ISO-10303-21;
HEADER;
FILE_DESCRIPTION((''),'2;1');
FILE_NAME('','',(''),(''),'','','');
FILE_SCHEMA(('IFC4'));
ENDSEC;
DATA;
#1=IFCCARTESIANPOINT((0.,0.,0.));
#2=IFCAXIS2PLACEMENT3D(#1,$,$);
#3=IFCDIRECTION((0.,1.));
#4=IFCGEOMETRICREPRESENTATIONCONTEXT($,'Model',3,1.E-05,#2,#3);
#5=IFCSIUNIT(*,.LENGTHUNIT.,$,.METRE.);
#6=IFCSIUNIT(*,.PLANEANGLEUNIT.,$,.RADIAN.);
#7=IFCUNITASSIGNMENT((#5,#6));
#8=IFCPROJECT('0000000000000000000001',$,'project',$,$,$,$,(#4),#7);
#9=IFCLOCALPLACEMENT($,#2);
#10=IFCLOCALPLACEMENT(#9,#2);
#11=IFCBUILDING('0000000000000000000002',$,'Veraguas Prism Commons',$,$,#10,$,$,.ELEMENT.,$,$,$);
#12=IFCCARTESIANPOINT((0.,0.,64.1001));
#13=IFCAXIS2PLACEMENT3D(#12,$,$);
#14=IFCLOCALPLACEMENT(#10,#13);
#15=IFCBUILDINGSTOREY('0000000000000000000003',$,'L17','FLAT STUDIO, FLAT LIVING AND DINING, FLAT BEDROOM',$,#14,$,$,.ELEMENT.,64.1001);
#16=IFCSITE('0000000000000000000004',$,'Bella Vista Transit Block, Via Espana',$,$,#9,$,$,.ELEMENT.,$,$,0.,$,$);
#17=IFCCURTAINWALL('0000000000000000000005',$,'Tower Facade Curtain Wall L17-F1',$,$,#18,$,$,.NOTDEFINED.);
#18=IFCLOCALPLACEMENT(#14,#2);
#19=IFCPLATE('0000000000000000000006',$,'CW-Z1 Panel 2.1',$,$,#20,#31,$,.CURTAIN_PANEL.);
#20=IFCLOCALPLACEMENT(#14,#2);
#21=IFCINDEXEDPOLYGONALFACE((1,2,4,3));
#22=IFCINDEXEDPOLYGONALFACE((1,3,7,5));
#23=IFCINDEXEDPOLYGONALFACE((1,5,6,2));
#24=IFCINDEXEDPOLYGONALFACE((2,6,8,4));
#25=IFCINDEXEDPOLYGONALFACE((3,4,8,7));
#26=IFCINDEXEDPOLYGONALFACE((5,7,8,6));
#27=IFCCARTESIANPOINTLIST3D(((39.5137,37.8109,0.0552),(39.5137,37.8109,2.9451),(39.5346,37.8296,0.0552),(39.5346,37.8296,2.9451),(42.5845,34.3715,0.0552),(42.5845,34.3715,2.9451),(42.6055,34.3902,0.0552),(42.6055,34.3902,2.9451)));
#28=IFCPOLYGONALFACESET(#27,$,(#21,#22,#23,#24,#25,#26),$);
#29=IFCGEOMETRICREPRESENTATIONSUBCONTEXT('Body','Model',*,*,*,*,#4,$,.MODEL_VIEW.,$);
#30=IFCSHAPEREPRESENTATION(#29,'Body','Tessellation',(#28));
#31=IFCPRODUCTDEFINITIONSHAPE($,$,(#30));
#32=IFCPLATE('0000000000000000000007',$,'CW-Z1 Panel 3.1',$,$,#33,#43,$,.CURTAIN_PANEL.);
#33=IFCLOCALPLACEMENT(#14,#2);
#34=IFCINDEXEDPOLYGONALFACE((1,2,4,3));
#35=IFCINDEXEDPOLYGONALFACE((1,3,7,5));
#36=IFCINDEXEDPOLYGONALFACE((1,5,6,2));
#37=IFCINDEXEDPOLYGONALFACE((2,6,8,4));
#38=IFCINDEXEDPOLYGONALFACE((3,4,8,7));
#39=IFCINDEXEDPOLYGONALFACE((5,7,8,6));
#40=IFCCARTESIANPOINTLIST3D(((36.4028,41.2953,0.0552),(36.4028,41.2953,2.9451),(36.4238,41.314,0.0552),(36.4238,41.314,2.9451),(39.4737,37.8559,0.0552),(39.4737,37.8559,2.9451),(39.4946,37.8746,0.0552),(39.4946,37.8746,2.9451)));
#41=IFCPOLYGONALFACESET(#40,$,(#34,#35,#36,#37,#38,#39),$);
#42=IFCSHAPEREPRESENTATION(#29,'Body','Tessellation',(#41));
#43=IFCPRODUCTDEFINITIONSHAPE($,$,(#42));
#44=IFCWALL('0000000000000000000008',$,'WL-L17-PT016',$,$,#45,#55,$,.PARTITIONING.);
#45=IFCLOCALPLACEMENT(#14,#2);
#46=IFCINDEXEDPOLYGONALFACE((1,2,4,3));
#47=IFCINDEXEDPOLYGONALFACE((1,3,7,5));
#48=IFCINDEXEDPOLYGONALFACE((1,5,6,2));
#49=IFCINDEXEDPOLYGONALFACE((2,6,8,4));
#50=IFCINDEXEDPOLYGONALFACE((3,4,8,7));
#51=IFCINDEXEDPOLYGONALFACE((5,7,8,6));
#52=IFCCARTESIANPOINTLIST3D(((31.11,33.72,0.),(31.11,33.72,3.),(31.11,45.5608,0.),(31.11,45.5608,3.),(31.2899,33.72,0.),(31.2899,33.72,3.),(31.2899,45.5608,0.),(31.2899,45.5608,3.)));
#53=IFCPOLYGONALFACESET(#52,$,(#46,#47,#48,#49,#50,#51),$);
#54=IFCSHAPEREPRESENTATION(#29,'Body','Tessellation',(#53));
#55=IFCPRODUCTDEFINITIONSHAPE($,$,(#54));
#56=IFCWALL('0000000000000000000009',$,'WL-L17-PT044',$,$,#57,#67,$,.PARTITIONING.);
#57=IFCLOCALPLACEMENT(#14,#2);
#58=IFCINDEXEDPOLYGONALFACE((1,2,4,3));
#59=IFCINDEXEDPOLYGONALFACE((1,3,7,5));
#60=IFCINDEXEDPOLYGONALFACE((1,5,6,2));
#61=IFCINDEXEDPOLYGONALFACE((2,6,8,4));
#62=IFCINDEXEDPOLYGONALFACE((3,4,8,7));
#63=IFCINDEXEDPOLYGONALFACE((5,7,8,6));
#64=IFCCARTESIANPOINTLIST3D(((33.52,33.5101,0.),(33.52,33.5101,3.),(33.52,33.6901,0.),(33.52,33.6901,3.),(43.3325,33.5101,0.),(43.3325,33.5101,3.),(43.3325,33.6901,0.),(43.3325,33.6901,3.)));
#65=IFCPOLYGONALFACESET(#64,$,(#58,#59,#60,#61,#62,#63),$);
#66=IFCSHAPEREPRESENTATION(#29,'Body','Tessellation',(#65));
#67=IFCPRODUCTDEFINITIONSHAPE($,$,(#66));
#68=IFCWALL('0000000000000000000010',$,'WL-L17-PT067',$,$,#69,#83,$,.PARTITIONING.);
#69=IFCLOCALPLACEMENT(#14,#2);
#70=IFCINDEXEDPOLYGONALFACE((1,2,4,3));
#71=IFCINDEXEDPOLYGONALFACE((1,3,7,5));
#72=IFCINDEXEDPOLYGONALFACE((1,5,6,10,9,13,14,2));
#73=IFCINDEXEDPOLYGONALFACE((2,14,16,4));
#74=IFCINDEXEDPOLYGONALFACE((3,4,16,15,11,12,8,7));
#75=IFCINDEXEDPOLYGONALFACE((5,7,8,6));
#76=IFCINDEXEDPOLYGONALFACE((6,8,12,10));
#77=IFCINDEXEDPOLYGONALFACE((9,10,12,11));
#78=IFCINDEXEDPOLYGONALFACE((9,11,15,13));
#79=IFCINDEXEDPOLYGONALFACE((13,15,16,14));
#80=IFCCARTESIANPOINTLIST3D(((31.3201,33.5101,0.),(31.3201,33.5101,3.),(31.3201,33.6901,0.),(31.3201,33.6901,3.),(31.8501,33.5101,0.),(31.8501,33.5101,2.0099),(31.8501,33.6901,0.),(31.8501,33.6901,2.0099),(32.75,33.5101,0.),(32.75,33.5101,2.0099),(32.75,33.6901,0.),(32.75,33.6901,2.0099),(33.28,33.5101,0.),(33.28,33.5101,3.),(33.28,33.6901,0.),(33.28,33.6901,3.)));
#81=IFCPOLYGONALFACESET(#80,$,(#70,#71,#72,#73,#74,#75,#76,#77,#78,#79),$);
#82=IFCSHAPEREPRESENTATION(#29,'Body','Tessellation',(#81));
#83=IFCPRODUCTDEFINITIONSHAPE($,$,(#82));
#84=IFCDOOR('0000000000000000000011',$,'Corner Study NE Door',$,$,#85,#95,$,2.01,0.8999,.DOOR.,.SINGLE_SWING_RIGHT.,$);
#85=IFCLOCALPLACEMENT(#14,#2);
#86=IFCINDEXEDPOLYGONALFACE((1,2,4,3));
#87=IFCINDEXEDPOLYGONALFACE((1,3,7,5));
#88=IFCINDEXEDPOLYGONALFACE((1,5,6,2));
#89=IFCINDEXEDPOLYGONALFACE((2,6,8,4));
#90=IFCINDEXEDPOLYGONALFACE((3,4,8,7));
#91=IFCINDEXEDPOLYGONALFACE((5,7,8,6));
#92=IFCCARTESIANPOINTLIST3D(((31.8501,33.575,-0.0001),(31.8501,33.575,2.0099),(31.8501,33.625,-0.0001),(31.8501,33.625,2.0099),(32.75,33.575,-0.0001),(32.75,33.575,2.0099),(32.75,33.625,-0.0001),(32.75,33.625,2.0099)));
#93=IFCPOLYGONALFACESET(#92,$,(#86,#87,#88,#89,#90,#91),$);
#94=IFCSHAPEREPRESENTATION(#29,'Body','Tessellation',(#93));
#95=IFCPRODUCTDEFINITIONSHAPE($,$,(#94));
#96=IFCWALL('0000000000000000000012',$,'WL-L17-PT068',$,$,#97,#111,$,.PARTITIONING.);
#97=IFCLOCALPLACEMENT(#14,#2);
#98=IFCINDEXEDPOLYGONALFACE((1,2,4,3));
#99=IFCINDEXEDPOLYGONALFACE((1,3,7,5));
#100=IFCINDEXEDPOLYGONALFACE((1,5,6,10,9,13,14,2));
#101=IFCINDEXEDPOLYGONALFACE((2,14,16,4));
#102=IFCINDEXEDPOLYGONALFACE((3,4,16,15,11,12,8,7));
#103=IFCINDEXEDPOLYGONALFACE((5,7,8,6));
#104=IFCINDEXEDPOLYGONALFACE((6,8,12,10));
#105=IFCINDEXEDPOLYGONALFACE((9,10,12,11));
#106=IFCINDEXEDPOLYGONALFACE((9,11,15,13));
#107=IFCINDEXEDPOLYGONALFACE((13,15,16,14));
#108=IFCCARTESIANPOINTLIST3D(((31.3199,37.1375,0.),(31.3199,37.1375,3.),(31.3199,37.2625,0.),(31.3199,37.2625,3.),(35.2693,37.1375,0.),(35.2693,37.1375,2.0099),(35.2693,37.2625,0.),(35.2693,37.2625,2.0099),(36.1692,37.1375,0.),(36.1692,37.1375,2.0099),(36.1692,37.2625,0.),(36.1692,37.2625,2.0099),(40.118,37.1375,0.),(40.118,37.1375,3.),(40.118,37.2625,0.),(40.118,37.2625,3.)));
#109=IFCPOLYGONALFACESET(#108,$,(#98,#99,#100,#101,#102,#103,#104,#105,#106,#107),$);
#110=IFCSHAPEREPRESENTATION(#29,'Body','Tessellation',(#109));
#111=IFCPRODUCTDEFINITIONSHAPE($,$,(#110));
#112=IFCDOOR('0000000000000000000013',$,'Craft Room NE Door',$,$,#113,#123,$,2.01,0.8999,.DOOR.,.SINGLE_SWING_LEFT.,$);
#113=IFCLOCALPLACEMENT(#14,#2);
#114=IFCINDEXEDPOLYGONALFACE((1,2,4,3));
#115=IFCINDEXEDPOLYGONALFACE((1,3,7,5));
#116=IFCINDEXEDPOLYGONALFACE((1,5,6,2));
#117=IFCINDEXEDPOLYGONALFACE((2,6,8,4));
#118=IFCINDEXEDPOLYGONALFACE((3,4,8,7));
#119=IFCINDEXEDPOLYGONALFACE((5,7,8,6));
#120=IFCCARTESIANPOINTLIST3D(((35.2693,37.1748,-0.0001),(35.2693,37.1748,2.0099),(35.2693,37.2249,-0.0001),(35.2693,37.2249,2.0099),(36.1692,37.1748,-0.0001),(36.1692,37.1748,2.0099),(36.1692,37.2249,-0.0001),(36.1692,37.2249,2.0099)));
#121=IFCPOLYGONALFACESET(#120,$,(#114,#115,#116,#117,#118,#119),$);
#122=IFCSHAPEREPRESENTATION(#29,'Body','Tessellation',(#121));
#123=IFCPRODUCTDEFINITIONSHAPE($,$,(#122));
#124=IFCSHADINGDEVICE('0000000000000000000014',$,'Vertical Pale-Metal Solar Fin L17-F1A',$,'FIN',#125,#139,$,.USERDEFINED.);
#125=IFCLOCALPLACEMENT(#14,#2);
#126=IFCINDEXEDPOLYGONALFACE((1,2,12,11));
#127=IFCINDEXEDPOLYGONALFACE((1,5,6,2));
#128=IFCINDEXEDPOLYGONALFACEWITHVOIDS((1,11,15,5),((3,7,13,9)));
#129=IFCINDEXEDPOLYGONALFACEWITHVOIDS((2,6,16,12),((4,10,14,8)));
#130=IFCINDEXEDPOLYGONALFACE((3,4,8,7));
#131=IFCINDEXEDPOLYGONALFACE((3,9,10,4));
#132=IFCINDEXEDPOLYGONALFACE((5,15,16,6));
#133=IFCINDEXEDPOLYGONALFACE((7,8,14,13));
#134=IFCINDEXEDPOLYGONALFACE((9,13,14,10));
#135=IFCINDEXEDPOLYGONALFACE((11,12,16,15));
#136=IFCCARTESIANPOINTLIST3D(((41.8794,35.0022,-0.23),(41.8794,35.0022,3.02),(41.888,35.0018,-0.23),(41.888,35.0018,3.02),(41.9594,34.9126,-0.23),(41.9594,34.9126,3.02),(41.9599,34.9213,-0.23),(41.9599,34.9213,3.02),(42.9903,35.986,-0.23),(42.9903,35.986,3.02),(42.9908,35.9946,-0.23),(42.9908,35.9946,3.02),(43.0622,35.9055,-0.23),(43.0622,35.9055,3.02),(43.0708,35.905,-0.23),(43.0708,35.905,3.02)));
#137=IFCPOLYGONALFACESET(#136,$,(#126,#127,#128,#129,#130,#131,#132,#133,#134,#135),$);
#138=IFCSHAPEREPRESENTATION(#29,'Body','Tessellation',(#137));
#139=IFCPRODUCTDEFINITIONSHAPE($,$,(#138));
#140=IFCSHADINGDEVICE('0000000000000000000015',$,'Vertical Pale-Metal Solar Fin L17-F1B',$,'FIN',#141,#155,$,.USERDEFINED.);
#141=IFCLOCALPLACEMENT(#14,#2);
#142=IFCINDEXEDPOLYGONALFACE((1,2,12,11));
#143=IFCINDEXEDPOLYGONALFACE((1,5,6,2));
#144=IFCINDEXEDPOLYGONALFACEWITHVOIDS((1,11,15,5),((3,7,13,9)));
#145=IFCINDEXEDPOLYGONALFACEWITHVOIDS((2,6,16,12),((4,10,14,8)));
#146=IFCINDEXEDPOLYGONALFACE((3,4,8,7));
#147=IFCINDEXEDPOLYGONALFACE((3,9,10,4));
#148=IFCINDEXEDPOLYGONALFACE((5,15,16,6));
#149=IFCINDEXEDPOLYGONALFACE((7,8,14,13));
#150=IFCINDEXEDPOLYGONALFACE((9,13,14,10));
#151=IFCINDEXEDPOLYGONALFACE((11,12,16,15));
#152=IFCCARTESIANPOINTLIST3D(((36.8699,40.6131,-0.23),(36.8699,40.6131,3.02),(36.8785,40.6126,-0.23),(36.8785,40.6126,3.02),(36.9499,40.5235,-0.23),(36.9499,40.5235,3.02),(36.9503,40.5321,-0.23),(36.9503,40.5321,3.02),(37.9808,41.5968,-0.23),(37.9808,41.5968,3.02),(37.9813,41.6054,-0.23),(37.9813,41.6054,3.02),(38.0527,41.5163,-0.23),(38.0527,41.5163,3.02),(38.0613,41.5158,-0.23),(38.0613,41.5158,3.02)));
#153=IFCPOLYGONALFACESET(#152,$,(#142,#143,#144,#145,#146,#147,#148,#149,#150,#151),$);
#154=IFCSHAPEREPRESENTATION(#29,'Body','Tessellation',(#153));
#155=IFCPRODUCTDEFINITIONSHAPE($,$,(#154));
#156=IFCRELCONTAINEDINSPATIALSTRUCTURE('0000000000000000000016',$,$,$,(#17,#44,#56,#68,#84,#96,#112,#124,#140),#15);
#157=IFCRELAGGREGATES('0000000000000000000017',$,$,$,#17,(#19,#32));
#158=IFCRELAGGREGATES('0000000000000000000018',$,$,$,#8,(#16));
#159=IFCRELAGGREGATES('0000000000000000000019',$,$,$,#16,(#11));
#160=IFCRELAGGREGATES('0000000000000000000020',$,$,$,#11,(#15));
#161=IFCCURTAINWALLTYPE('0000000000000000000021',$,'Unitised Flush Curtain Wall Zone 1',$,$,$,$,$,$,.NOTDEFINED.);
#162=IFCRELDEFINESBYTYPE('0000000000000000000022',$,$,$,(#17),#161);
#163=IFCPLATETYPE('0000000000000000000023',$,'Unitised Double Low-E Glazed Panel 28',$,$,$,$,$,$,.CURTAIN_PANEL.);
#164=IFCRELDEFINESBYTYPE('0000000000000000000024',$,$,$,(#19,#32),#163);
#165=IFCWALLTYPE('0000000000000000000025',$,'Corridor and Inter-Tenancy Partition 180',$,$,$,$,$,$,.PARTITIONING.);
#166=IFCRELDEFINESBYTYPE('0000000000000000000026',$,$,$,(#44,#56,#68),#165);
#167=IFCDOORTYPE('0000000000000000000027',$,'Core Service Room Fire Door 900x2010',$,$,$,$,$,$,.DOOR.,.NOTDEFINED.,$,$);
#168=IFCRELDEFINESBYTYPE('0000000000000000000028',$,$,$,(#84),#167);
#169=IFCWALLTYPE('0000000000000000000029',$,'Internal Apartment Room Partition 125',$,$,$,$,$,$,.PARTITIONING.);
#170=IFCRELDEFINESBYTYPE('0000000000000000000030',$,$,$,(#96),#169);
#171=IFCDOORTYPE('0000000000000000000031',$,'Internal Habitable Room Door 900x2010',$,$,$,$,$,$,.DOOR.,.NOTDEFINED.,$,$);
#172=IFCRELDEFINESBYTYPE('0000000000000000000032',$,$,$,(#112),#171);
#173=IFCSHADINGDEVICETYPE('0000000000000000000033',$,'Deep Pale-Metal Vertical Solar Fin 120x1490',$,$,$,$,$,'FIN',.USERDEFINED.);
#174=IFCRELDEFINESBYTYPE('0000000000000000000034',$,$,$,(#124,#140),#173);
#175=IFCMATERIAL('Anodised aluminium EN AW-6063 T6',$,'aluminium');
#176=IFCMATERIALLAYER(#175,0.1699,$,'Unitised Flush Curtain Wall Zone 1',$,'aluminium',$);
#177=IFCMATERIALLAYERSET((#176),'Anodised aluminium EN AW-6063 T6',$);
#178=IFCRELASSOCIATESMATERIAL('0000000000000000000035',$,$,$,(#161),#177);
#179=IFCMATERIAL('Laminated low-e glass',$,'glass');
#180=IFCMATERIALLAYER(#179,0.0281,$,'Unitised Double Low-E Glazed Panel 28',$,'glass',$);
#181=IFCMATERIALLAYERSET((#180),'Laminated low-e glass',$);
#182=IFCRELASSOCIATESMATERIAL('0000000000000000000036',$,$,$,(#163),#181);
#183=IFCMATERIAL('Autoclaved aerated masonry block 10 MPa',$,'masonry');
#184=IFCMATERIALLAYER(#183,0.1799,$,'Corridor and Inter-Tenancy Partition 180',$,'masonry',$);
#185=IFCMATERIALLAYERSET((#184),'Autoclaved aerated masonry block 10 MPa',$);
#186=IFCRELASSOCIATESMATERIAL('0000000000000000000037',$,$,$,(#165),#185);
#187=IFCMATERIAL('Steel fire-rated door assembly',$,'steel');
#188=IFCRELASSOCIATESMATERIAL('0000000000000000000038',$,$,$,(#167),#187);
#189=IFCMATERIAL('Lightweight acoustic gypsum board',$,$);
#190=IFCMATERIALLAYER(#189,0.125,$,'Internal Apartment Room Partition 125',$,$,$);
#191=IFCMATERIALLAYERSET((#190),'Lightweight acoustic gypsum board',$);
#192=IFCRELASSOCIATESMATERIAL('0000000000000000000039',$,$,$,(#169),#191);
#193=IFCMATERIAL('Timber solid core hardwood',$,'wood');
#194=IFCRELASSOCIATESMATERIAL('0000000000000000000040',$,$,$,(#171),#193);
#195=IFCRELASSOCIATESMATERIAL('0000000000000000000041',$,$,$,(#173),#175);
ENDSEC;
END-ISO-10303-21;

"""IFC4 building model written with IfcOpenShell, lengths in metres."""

from ifc_helpers import new_model, si_unit, direction, frame, frame_2d, origin, origin_2d, place, context, subcontext, project, spatial, rectangle, hollow_rectangle, extrude, source, transform, mapped, material, layer, layer_set, material_profile, profile_set, type_object, element, fill, aggregate, save


model = new_model("IFC4")

# Units and contexts
model_context = context("Model", 3, precision=1e-05, world=origin(), true_north=direction((0.0, 1.0)))
body_context = subcontext(model_context, "Body", "Model", "MODEL_VIEW")
ifc_project = project(units=[si_unit("LENGTHUNIT", "METRE"), si_unit("PLANEANGLEUNIT", "RADIAN")], contexts=[model_context])

# Site, building, storey
site_placement = place(None, origin())
site = spatial("IfcSite", under=ifc_project, at=site_placement, Name="Bella Vista Transit Block, Via Espana", CompositionType="ELEMENT", RefElevation=0.0)
building_placement = place(site_placement, origin())
building = spatial("IfcBuilding", under=site, at=building_placement, Name="Veraguas Prism Commons", CompositionType="ELEMENT")
storey_placement = place(building_placement, frame((0.0, 0.0, 64.1001)))
storey = spatial("IfcBuildingStorey", under=building, at=storey_placement, Name="L17", Description="FLAT STUDIO, FLAT LIVING AND DINING, FLAT BEDROOM", CompositionType="ELEMENT", Elevation=64.1001)

# Curtain wall
ifc_material_1 = material(Name="Anodised aluminium EN AW-6063 T6", Category="aluminium")
ifc_layer_1 = layer(ifc_material_1, 0.1699, Name="Unitised Flush Curtain Wall Zone 1", Category="aluminium")
ifc_layer_set_1 = layer_set([ifc_layer_1], Name="Anodised aluminium EN AW-6063 T6")
curtain_wall_type = type_object("IfcCurtainWallType", Name="Unitised Flush Curtain Wall Zone 1", PredefinedType="NOTDEFINED", material=ifc_layer_set_1)
curtain_wall_1_placement = place(storey_placement, origin())
curtain_wall_1 = element("IfcCurtainWall", 1, at=curtain_wall_1_placement, inside=storey, type_object=curtain_wall_type, Name="Tower Facade Curtain Wall L17-F1", PredefinedType="NOTDEFINED")

# Plates
ifc_material_2 = material(Name="Laminated low-e glass", Category="glass")
ifc_layer_2 = layer(ifc_material_2, 0.0281, Name="Unitised Double Low-E Glazed Panel 28", Category="glass")
ifc_layer_set_2 = layer_set([ifc_layer_2], Name="Laminated low-e glass")
plate_type = type_object("IfcPlateType", Name="Unitised Double Low-E Glazed Panel 28", PredefinedType="CURTAIN_PANEL", material=ifc_layer_set_2)
shared_shape_1 = source(origin(), body_context, "Body", "SweptSolid", [
    extrude(rectangle(XDim=4.6108, YDim=0.0281, at=origin_2d()), origin(), (0.0, 0.0, 1.0), 2.8899),
])
plate_1_placement = place(storey_placement, frame((41.0596, 36.1006, 0.0552), z_axis=(0.0, 0.0, 1.0), x_axis=(-0.666012, 0.745941, 0.0)))
plate_1 = element("IfcPlate", 2, at=plate_1_placement, type_object=plate_type, Name="CW-Z1 Panel 2.1", PredefinedType="CURTAIN_PANEL", context=body_context, shape_type="MappedRepresentation", body=[
    mapped(shared_shape_1, transform((0.0, 0.0, 0.0), scale=1.0)),
])
plate_2_placement = place(storey_placement, frame((37.9487, 39.585, 0.0552), z_axis=(0.0, 0.0, 1.0), x_axis=(-0.666012, 0.745941, 0.0)))
plate_2 = element("IfcPlate", 3, at=plate_2_placement, type_object=plate_type, Name="CW-Z1 Panel 3.1", PredefinedType="CURTAIN_PANEL", context=body_context, shape_type="MappedRepresentation", body=[
    mapped(shared_shape_1, transform((0.0, 0.0, 0.0), scale=1.0)),
])
aggregate(curtain_wall_1, [plate_1, plate_2])

# Walls
ifc_material_3 = material(Name="Autoclaved aerated masonry block 10 MPa", Category="masonry")
ifc_layer_3 = layer(ifc_material_3, 0.1799, Name="Corridor and Inter-Tenancy Partition 180", Category="masonry")
ifc_layer_set_3 = layer_set([ifc_layer_3], Name="Autoclaved aerated masonry block 10 MPa")
wall_type_1 = type_object("IfcWallType", Name="Corridor and Inter-Tenancy Partition 180", PredefinedType="PARTITIONING", material=ifc_layer_set_3)
wall_1_placement = place(storey_placement, frame((31.2, 33.72, 0.0), z_axis=(0.0, 0.0, 1.0), x_axis=(0.0, 1.0, 0.0)))
element("IfcWall", 4, at=wall_1_placement, inside=storey, type_object=wall_type_1, Name="WL-L17-PT016", PredefinedType="PARTITIONING", context=body_context, shape_type="SweptSolid", body=[
    extrude(rectangle(XDim=11.8408, YDim=0.1799, at=frame_2d((5.9204, 0.0))), origin(), (0.0, 0.0, 1.0), 3.0),
])
wall_2_placement = place(storey_placement, frame((33.52, 33.6001, 0.0), z_axis=(0.0, 0.0, 1.0), x_axis=(1.0, 0.0, 0.0)))
element("IfcWall", 5, at=wall_2_placement, inside=storey, type_object=wall_type_1, Name="WL-L17-PT044", PredefinedType="PARTITIONING", context=body_context, shape_type="SweptSolid", body=[
    extrude(rectangle(XDim=9.8125, YDim=0.1799, at=frame_2d((4.9062, 0.0))), origin(), (0.0, 0.0, 1.0), 3.0),
])

# Walls, openings, doors
wall_3_placement = place(storey_placement, frame((31.3201, 33.6001, 0.0), z_axis=(0.0, 0.0, 1.0), x_axis=(1.0, 0.0, 0.0)))
wall_3 = element("IfcWall", 6, at=wall_3_placement, inside=storey, type_object=wall_type_1, Name="WL-L17-PT067", PredefinedType="PARTITIONING", context=body_context, shape_type="SweptSolid", body=[
    extrude(rectangle(XDim=1.96, YDim=0.1799, at=frame_2d((0.98, 0.0))), origin(), (0.0, 0.0, 1.0), 3.0),
])
opening_1_placement = place(wall_3_placement, frame((0.53, 0.0, 0.0)))
opening_1 = element("IfcOpeningElement", 7, at=opening_1_placement, cuts=wall_3, PredefinedType="OPENING", context=body_context, shape_type="SweptSolid", body=[
    extrude(rectangle(XDim=0.8999, YDim=2.01, at=frame_2d((0.45, 1.0049))), frame((0.0, 0.0999, 0.0), z_axis=(0.0, -1.0, 0.0), x_axis=(1.0, 0.0, 0.0)), (0.0, 0.0, 1.0), 0.2),
])
ifc_material_4 = material(Name="Steel fire-rated door assembly", Category="steel")
door_type_1 = type_object("IfcDoorType", Name="Core Service Room Fire Door 900x2010", OperationType="NOTDEFINED", PredefinedType="DOOR", material=ifc_material_4)
shared_shape_2 = source(origin(), body_context, "Body", "SweptSolid", [
    extrude(rectangle(XDim=0.8999, YDim=2.01, at=frame_2d((0.45, 1.0049))), frame((0.0, 0.0249, 0.0), z_axis=(0.0, -1.0, 0.0), x_axis=(1.0, 0.0, 0.0)), (0.0, 0.0, 1.0), 0.05),
])
door_1_placement = place(opening_1_placement, origin())
door_1 = element("IfcDoor", 8, at=door_1_placement, inside=storey, type_object=door_type_1, Name="Corner Study NE Door", OperationType="SINGLE_SWING_RIGHT", OverallHeight=2.01, OverallWidth=0.8999, PredefinedType="DOOR", context=body_context, shape_type="MappedRepresentation", body=[
    mapped(shared_shape_2, transform((0.0, 0.0, 0.0), scale=1.0)),
])
fill(opening_1, door_1)
ifc_material_5 = material(Name="Lightweight acoustic gypsum board")
ifc_layer_4 = layer(ifc_material_5, 0.125, Name="Internal Apartment Room Partition 125")
ifc_layer_set_4 = layer_set([ifc_layer_4], Name="Lightweight acoustic gypsum board")
wall_type_2 = type_object("IfcWallType", Name="Internal Apartment Room Partition 125", PredefinedType="PARTITIONING", material=ifc_layer_set_4)
wall_4_placement = place(storey_placement, frame((31.3201, 37.2, 0.0), z_axis=(0.0, 0.0, 1.0), x_axis=(1.0, 0.0, 0.0)))
wall_4 = element("IfcWall", 9, at=wall_4_placement, inside=storey, type_object=wall_type_2, Name="WL-L17-PT068", PredefinedType="PARTITIONING", context=body_context, shape_type="SweptSolid", body=[
    extrude(rectangle(XDim=8.7981, YDim=0.125, at=frame_2d((4.3989, 0.0))), origin(), (0.0, 0.0, 1.0), 3.0),
])
opening_2_placement = place(wall_4_placement, frame((3.9492, 0.0, 0.0)))
opening_2 = element("IfcOpeningElement", 10, at=opening_2_placement, cuts=wall_4, PredefinedType="OPENING", context=body_context, shape_type="SweptSolid", body=[
    extrude(rectangle(XDim=0.8999, YDim=2.01, at=frame_2d((0.45, 1.0049))), frame((0.0, 0.0725, 0.0), z_axis=(0.0, -1.0, 0.0), x_axis=(1.0, 0.0, 0.0)), (0.0, 0.0, 1.0), 0.145),
])
ifc_material_6 = material(Name="Timber solid core hardwood", Category="wood")
door_type_2 = type_object("IfcDoorType", Name="Internal Habitable Room Door 900x2010", OperationType="NOTDEFINED", PredefinedType="DOOR", material=ifc_material_6)
door_2_placement = place(opening_2_placement, origin())
door_2 = element("IfcDoor", 11, at=door_2_placement, inside=storey, type_object=door_type_2, Name="Craft Room NE Door", OperationType="SINGLE_SWING_LEFT", OverallHeight=2.01, OverallWidth=0.8999, PredefinedType="DOOR", context=body_context, shape_type="MappedRepresentation", body=[
    mapped(shared_shape_2, transform((0.0, 0.0, 0.0), scale=1.0)),
])
fill(opening_2, door_2)

# Shading devices
ifc_material_profile_1 = material_profile(ifc_material_1, hollow_rectangle(XDim=0.1201, YDim=1.49, WallThickness=0.0061, at=origin_2d()), Name="FIN120X1490X6")
ifc_profile_set_1 = profile_set([ifc_material_profile_1], Name="Anodised aluminium EN AW-6063 T6")
shading_device_type = type_object("IfcShadingDeviceType", Name="Deep Pale-Metal Vertical Solar Fin 120x1490", ElementType="FIN", PredefinedType="USERDEFINED", material=ifc_profile_set_1)
for number, where, z_axis, x_axis, name in (
    (12, (42.4751, 35.4536, -0.23), (0.0, 0.0, 1.0), (-0.666012, 0.745941, 0.0), "Vertical Pale-Metal Solar Fin L17-F1A"),
    (13, (37.4656, 41.0645, -0.23), (0.0, 0.0, 1.0), (-0.666012, 0.745941, 0.0), "Vertical Pale-Metal Solar Fin L17-F1B"),
):
    element("IfcShadingDevice", number, at=place(storey_placement, frame(where, z_axis=z_axis, x_axis=x_axis)), inside=storey, type_object=shading_device_type, Name=name, ObjectType="FIN", PredefinedType="USERDEFINED", context=body_context, shape_type="SweptSolid", body=[
        extrude(hollow_rectangle(XDim=0.1201, YDim=1.49, WallThickness=0.0061, at=origin_2d()), origin(), (0.0, 0.0, 1.0), 3.25),
    ])

save(model, "model.ifc")
